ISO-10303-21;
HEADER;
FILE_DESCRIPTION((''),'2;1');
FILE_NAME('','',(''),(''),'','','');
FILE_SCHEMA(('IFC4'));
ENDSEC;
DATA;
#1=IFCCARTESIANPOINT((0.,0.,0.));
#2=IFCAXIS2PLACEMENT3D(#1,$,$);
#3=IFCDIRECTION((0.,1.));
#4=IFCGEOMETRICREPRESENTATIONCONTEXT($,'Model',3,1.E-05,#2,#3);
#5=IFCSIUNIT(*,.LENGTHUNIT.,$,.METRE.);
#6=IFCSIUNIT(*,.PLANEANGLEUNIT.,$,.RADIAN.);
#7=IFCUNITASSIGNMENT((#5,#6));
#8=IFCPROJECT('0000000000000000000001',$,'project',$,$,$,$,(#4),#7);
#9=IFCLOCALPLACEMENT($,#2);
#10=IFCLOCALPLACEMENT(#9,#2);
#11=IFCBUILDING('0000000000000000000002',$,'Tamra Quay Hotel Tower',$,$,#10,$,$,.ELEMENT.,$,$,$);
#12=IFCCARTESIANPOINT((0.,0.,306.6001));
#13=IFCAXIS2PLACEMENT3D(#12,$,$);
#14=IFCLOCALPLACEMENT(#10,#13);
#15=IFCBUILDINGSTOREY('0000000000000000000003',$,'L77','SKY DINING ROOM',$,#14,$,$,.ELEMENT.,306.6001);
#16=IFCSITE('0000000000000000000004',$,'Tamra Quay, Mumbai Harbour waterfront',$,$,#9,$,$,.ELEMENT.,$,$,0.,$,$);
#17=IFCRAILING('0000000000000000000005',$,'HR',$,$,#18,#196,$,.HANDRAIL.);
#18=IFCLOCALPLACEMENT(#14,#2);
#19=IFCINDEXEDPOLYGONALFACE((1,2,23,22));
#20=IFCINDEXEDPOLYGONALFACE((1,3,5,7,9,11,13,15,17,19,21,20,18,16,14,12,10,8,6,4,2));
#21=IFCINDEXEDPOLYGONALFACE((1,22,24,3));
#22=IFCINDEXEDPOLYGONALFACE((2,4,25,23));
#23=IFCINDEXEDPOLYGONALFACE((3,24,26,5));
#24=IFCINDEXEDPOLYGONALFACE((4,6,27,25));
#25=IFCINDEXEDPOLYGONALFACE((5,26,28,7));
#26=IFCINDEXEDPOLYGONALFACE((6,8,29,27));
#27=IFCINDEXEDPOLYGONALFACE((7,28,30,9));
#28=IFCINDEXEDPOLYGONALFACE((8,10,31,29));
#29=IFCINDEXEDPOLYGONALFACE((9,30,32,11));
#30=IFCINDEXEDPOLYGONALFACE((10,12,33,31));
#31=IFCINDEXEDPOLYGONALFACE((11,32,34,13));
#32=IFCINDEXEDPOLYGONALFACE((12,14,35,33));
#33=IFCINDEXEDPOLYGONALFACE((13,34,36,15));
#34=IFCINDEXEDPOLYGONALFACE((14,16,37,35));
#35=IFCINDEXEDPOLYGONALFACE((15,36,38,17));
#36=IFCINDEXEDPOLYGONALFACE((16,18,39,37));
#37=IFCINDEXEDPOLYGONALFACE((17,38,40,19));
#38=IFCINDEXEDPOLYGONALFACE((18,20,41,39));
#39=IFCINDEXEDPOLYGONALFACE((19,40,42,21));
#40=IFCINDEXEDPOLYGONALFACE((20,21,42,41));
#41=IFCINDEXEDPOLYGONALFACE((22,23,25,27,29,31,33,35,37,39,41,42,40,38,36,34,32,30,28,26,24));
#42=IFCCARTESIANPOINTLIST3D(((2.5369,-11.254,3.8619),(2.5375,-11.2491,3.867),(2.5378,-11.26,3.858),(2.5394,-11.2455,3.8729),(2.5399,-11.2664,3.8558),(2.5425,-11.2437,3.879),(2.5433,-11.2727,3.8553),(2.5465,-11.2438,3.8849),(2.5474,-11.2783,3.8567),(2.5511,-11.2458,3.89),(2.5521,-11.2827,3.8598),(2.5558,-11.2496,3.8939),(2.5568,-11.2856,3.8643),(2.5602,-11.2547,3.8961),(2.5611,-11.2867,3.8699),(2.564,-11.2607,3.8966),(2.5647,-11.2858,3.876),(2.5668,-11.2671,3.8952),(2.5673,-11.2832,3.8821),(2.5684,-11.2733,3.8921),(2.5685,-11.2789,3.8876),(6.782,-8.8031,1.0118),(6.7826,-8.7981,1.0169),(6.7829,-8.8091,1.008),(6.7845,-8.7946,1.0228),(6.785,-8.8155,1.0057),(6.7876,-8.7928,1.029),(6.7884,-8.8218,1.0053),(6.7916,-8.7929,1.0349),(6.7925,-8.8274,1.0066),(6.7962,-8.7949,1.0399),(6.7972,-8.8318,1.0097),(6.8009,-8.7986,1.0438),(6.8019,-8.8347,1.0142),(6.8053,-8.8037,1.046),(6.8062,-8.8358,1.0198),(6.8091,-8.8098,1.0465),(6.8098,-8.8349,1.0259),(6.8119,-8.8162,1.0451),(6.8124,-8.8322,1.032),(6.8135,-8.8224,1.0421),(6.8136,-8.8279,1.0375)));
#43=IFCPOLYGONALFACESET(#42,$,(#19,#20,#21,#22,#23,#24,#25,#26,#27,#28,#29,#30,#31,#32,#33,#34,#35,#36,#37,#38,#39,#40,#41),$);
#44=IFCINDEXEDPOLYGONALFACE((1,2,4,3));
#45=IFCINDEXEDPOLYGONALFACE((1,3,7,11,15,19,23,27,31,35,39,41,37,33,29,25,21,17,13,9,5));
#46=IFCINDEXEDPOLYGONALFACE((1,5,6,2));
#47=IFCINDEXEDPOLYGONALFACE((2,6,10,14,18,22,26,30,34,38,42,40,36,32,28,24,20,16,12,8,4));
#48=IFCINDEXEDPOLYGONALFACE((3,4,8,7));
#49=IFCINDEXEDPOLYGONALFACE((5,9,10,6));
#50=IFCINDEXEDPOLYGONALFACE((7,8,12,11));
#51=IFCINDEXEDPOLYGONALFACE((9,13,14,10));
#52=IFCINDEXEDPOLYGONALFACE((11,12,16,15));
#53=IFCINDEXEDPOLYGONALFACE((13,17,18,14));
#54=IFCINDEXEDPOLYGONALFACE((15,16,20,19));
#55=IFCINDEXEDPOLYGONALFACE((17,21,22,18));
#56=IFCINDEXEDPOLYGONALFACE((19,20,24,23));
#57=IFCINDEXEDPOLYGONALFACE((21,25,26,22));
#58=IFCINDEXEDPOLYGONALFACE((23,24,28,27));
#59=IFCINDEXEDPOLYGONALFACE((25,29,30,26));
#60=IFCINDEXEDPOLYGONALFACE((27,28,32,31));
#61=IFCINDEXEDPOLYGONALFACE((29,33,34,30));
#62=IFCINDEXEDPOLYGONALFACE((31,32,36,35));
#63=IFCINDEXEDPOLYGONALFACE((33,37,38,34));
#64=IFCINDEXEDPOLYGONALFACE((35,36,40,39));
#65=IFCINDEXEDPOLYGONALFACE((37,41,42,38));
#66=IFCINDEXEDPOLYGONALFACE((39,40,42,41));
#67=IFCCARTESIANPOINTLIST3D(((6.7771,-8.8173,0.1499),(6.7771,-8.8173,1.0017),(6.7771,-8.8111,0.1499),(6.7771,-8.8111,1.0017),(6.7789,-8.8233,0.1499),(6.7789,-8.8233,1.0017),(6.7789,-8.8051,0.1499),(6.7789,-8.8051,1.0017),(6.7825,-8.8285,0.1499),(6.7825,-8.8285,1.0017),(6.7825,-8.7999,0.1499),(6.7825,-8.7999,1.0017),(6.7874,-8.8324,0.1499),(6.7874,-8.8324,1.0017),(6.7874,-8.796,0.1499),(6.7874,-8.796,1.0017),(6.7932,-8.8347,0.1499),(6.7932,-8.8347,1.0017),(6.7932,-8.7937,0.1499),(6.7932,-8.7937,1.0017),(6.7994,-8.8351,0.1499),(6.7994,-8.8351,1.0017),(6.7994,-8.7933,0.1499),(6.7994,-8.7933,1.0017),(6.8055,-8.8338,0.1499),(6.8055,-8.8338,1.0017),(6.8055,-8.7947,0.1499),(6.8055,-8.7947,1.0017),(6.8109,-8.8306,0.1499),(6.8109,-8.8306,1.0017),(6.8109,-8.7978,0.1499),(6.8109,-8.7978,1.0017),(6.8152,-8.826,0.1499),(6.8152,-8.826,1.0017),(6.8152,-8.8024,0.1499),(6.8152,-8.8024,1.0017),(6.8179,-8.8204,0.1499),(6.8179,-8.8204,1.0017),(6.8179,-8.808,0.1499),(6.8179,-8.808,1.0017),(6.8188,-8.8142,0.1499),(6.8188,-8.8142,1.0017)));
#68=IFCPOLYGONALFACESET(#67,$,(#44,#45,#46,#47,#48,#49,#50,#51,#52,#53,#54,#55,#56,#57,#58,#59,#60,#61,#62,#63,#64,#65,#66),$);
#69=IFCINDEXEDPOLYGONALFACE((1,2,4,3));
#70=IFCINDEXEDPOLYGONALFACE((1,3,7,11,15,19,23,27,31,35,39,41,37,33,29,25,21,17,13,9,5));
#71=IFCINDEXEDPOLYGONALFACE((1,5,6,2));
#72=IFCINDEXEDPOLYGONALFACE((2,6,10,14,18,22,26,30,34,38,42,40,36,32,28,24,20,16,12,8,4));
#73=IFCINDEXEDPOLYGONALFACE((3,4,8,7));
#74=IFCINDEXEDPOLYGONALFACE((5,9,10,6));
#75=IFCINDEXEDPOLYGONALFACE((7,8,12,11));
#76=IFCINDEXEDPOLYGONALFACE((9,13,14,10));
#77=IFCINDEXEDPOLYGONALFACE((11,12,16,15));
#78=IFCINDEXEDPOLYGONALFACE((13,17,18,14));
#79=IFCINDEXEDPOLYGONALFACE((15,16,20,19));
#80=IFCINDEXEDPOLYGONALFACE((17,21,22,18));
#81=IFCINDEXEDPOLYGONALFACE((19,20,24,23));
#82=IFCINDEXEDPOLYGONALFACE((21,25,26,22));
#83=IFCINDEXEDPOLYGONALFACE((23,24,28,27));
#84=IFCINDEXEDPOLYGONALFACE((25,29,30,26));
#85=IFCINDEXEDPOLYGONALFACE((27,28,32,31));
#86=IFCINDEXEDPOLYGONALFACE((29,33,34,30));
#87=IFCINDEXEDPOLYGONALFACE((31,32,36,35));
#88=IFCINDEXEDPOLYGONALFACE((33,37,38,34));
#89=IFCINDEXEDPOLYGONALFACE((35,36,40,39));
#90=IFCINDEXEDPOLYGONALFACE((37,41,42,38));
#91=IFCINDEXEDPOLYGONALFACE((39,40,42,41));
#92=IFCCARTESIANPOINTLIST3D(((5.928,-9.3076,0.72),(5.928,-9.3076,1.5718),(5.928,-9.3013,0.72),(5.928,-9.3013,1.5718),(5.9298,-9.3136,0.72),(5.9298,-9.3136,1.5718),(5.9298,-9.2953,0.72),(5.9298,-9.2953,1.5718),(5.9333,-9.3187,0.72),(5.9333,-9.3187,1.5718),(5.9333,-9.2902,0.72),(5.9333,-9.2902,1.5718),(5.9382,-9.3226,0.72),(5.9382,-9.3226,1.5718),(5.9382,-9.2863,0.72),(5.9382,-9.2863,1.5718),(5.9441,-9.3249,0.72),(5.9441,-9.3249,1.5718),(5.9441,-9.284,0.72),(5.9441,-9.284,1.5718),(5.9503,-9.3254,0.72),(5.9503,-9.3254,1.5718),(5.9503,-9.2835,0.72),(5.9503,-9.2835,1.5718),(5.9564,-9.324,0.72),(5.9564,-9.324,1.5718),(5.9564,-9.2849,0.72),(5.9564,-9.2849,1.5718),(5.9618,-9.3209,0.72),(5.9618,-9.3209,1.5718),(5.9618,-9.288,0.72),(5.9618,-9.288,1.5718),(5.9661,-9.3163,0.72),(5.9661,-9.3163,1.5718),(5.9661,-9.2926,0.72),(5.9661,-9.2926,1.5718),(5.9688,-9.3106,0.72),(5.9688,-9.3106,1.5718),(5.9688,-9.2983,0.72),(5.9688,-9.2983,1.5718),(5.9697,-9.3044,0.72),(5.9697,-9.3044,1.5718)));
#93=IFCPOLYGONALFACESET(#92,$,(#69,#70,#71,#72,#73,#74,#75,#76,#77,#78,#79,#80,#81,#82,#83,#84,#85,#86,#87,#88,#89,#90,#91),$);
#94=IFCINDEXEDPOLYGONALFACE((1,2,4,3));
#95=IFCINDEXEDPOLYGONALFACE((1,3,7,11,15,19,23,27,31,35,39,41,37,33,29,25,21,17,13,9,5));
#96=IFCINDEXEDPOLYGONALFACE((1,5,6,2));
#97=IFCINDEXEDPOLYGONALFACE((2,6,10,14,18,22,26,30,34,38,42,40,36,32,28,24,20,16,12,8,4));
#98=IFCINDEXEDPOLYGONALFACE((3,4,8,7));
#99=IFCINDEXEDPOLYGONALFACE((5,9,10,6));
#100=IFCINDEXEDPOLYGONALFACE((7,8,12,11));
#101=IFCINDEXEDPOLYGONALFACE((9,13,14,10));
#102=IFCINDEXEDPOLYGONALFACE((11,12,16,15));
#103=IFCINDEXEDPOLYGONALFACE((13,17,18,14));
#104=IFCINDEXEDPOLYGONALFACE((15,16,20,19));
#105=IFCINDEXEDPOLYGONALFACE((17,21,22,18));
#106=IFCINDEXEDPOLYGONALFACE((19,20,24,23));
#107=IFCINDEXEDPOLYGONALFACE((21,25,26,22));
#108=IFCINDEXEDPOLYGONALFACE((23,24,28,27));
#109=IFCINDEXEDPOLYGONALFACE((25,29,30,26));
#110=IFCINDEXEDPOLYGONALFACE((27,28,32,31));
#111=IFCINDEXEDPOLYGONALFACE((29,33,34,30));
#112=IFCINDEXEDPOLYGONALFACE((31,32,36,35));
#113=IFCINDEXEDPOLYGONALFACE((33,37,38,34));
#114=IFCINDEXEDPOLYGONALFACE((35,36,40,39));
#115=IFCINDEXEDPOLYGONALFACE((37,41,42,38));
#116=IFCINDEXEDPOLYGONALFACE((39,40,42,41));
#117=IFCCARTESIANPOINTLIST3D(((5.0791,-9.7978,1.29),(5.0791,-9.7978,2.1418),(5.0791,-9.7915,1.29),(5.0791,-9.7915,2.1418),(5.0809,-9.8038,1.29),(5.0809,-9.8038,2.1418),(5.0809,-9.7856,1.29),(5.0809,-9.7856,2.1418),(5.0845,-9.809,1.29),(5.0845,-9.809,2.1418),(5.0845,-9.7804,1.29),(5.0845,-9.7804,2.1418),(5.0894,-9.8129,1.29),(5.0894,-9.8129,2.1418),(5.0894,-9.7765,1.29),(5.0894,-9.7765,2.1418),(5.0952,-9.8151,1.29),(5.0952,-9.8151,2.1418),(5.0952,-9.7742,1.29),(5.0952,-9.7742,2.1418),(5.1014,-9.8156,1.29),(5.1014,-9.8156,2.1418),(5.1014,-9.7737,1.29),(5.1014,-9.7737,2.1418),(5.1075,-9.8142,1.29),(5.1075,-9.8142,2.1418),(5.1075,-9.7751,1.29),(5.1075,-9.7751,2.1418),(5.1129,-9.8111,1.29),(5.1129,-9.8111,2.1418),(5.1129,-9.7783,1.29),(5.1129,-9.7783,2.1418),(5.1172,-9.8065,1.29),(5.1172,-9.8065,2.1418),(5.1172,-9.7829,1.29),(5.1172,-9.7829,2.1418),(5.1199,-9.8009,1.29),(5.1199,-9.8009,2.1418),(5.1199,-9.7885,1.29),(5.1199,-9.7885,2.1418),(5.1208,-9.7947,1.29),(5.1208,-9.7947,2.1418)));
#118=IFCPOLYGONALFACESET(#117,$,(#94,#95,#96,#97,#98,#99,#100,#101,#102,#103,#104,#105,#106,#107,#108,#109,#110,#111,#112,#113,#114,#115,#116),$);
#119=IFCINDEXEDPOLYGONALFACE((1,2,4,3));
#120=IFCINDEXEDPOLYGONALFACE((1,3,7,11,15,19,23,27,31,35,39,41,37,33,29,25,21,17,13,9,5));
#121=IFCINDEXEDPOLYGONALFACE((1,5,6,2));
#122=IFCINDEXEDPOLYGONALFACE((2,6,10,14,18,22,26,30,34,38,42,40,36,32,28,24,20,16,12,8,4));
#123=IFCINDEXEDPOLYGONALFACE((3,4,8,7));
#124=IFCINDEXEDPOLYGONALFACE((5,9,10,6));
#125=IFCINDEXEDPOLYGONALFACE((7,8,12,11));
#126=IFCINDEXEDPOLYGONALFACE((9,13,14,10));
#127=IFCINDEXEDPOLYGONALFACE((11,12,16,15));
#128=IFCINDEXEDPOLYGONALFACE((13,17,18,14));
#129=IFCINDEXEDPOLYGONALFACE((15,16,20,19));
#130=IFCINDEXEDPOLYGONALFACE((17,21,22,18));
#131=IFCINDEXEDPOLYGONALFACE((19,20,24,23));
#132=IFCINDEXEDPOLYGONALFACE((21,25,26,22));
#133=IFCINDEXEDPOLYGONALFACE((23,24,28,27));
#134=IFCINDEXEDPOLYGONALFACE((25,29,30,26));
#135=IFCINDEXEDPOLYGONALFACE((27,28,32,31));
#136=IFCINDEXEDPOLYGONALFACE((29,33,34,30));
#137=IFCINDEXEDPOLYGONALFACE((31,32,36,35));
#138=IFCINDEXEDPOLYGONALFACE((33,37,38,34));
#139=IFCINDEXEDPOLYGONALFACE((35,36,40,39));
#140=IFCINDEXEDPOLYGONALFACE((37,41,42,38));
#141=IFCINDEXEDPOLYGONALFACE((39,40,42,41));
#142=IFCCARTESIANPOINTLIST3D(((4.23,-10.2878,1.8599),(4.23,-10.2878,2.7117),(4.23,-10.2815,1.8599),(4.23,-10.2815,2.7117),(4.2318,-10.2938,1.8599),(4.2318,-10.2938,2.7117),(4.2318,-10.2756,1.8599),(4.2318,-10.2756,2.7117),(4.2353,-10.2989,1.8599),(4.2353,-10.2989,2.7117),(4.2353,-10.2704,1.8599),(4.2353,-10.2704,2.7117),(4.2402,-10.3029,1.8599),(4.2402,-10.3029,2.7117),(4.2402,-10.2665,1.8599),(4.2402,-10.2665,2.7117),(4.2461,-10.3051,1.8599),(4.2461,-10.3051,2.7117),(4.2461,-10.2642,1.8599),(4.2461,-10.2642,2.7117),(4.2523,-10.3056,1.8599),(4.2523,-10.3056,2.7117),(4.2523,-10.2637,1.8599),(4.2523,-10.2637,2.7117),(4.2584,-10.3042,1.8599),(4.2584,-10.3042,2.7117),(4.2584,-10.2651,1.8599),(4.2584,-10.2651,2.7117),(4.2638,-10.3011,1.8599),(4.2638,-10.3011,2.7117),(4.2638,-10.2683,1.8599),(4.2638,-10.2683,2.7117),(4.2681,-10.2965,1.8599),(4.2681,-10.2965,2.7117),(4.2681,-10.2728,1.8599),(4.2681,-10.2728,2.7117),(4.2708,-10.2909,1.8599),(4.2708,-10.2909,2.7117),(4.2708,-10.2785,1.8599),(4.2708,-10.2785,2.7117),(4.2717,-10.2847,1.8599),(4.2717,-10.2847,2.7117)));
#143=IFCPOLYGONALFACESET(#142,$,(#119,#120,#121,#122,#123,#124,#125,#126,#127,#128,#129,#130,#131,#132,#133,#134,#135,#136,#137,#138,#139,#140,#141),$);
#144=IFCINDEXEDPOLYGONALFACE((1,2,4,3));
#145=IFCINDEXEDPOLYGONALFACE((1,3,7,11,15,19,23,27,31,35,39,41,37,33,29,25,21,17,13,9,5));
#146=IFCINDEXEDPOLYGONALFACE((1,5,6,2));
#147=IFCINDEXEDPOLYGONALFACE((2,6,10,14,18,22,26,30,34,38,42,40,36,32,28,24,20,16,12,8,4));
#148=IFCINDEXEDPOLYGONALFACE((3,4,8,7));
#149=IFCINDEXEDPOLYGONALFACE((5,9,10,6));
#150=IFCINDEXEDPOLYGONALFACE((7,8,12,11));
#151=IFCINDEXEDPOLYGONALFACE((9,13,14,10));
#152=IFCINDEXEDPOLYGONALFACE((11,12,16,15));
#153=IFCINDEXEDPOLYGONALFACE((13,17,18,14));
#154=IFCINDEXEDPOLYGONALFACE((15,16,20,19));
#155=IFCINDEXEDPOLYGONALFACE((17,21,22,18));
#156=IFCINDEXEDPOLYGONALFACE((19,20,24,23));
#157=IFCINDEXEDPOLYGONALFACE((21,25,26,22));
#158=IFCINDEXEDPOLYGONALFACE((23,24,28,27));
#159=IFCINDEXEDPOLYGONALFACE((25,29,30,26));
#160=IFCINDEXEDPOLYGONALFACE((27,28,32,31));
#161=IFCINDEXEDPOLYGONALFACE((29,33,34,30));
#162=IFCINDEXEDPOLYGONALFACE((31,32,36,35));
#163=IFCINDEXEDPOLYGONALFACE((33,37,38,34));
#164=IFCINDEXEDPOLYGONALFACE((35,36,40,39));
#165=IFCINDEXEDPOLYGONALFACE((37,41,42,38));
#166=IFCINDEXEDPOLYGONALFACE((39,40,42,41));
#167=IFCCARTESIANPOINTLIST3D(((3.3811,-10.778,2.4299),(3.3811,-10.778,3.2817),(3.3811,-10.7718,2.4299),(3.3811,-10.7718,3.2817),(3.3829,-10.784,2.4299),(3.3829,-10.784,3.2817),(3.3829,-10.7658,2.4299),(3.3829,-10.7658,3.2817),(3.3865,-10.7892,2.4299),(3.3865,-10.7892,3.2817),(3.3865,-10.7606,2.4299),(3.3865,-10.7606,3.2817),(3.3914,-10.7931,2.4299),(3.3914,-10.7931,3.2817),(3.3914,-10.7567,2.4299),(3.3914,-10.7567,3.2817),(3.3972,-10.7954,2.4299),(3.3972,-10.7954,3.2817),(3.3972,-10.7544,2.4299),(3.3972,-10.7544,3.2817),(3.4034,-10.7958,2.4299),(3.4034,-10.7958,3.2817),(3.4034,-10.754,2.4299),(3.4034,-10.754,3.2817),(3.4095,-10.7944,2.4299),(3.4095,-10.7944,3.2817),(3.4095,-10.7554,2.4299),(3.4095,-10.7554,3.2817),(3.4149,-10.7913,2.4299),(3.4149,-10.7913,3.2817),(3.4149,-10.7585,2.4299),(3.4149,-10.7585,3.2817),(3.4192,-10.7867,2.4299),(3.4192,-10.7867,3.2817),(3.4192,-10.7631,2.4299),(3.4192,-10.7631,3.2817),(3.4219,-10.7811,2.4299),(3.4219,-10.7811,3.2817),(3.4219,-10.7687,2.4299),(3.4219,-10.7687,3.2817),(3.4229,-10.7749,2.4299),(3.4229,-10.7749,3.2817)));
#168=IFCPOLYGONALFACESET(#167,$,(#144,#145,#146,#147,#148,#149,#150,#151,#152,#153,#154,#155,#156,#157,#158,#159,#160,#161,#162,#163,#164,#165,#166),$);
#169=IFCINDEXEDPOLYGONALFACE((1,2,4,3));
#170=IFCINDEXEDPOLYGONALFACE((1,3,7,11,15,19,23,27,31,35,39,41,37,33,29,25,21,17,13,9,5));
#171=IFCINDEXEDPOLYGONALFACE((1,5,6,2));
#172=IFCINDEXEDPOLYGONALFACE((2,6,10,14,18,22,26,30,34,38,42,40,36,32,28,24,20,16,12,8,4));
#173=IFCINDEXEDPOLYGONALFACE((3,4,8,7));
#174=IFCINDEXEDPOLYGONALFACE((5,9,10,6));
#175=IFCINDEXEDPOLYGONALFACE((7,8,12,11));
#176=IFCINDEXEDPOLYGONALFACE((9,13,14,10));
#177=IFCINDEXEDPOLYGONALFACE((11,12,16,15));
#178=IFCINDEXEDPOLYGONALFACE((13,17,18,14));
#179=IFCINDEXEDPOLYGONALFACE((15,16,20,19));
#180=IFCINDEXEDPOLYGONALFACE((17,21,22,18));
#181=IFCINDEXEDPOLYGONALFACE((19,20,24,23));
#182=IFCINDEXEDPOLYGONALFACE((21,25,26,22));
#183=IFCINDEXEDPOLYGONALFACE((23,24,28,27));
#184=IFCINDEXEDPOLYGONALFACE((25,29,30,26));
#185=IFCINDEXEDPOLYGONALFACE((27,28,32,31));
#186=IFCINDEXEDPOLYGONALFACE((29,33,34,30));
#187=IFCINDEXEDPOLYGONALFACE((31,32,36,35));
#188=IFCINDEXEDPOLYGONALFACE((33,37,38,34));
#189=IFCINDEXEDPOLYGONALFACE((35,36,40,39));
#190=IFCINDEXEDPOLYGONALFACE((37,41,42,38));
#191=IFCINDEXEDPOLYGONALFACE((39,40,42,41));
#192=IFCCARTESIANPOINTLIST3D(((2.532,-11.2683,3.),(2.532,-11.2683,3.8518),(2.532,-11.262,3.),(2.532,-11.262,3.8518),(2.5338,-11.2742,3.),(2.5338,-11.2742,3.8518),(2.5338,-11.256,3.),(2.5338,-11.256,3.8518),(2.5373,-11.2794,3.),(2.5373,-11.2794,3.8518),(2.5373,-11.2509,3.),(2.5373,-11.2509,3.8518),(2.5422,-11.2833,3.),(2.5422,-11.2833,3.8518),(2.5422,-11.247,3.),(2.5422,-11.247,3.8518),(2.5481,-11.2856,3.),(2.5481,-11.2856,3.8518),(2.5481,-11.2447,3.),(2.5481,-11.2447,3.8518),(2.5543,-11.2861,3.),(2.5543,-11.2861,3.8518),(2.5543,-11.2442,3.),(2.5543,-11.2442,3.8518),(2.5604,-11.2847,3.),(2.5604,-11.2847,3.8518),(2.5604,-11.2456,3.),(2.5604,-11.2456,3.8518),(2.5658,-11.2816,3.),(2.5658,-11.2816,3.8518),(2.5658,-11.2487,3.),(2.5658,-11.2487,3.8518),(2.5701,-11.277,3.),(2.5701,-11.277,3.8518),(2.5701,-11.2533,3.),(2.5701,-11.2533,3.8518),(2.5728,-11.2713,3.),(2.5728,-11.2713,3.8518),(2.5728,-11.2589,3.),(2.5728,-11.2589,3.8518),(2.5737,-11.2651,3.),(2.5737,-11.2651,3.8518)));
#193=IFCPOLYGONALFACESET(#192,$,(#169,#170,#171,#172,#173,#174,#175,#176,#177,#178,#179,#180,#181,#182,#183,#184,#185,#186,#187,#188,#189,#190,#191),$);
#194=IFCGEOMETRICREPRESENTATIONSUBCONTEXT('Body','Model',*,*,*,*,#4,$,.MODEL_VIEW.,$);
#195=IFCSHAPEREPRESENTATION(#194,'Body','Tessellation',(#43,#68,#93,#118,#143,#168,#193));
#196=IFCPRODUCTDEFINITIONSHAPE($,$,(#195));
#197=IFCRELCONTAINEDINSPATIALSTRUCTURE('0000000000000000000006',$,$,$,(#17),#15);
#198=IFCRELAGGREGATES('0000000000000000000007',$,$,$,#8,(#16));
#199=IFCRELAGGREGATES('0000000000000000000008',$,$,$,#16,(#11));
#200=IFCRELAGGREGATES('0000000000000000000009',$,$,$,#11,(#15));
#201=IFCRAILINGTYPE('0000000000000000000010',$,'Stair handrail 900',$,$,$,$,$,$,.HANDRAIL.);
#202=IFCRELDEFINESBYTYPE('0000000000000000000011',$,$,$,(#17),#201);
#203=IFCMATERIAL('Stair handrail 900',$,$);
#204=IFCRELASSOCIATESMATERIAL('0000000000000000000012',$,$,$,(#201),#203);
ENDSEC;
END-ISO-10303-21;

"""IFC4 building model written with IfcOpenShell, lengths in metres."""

from ifc_helpers import new_model, si_unit, direction, frame, origin, origin_2d, place, context, subcontext, project, spatial, circle, extrude, material, type_object, element, save


model = new_model("IFC4")

# Units and contexts
model_context = context("Model", 3, precision=1e-05, world=origin(), true_north=direction((0.0, 1.0)))
body_context = subcontext(model_context, "Body", "Model", "MODEL_VIEW")
ifc_project = project(units=[si_unit("LENGTHUNIT", "METRE"), si_unit("PLANEANGLEUNIT", "RADIAN")], contexts=[model_context])

# Site, building, storey
site_placement = place(None, origin())
site = spatial("IfcSite", under=ifc_project, at=site_placement, Name="Tamra Quay, Mumbai Harbour waterfront", CompositionType="ELEMENT", RefElevation=0.0)
building_placement = place(site_placement, origin())
building = spatial("IfcBuilding", under=site, at=building_placement, Name="Tamra Quay Hotel Tower", CompositionType="ELEMENT")
storey_placement = place(building_placement, frame((0.0, 0.0, 306.6001)))
storey = spatial("IfcBuildingStorey", under=building, at=storey_placement, Name="L77", Description="SKY DINING ROOM", CompositionType="ELEMENT", Elevation=306.6001)

# Railing
ifc_material_1 = material(Name="Stair handrail 900")
railing_type = type_object("IfcRailingType", Name="Stair handrail 900", PredefinedType="HANDRAIL", material=ifc_material_1)
railing_placement = place(storey_placement, frame((6.7979, -8.8142, 0.1499)))
element("IfcRailing", 1, at=railing_placement, inside=storey, type_object=railing_type, Name="HR", PredefinedType="HANDRAIL", context=body_context, shape_type="SweptSolid", body=[
    extrude(circle(Radius=0.0239, at=origin_2d()), frame((0.0, 0.0, 0.876), z_axis=(-0.748672, -0.432247, 0.502645), x_axis=(0.500001, -0.866025, 0.0)), (0.0, 0.0, 1.0), 5.6702),
    extrude(circle(Radius=0.021, at=origin_2d()), origin(), (0.0, 0.0, 1.0), 0.8518),
    extrude(circle(Radius=0.021, at=origin_2d()), frame((-0.8491, -0.4902, 0.5701)), (0.0, 0.0, 1.0), 0.8518),
    extrude(circle(Radius=0.021, at=origin_2d()), frame((-1.698, -0.9805, 1.1401)), (0.0, 0.0, 1.0), 0.8518),
    extrude(circle(Radius=0.021, at=origin_2d()), frame((-2.5471, -1.4705, 1.71)), (0.0, 0.0, 1.0), 0.8518),
    extrude(circle(Radius=0.021, at=origin_2d()), frame((-3.396, -1.9607, 2.28)), (0.0, 0.0, 1.0), 0.8518),
    extrude(circle(Radius=0.021, at=origin_2d()), frame((-4.2451, -2.4509, 2.8501)), (0.0, 0.0, 1.0), 0.8518),
])

save(model, "model.ifc")
